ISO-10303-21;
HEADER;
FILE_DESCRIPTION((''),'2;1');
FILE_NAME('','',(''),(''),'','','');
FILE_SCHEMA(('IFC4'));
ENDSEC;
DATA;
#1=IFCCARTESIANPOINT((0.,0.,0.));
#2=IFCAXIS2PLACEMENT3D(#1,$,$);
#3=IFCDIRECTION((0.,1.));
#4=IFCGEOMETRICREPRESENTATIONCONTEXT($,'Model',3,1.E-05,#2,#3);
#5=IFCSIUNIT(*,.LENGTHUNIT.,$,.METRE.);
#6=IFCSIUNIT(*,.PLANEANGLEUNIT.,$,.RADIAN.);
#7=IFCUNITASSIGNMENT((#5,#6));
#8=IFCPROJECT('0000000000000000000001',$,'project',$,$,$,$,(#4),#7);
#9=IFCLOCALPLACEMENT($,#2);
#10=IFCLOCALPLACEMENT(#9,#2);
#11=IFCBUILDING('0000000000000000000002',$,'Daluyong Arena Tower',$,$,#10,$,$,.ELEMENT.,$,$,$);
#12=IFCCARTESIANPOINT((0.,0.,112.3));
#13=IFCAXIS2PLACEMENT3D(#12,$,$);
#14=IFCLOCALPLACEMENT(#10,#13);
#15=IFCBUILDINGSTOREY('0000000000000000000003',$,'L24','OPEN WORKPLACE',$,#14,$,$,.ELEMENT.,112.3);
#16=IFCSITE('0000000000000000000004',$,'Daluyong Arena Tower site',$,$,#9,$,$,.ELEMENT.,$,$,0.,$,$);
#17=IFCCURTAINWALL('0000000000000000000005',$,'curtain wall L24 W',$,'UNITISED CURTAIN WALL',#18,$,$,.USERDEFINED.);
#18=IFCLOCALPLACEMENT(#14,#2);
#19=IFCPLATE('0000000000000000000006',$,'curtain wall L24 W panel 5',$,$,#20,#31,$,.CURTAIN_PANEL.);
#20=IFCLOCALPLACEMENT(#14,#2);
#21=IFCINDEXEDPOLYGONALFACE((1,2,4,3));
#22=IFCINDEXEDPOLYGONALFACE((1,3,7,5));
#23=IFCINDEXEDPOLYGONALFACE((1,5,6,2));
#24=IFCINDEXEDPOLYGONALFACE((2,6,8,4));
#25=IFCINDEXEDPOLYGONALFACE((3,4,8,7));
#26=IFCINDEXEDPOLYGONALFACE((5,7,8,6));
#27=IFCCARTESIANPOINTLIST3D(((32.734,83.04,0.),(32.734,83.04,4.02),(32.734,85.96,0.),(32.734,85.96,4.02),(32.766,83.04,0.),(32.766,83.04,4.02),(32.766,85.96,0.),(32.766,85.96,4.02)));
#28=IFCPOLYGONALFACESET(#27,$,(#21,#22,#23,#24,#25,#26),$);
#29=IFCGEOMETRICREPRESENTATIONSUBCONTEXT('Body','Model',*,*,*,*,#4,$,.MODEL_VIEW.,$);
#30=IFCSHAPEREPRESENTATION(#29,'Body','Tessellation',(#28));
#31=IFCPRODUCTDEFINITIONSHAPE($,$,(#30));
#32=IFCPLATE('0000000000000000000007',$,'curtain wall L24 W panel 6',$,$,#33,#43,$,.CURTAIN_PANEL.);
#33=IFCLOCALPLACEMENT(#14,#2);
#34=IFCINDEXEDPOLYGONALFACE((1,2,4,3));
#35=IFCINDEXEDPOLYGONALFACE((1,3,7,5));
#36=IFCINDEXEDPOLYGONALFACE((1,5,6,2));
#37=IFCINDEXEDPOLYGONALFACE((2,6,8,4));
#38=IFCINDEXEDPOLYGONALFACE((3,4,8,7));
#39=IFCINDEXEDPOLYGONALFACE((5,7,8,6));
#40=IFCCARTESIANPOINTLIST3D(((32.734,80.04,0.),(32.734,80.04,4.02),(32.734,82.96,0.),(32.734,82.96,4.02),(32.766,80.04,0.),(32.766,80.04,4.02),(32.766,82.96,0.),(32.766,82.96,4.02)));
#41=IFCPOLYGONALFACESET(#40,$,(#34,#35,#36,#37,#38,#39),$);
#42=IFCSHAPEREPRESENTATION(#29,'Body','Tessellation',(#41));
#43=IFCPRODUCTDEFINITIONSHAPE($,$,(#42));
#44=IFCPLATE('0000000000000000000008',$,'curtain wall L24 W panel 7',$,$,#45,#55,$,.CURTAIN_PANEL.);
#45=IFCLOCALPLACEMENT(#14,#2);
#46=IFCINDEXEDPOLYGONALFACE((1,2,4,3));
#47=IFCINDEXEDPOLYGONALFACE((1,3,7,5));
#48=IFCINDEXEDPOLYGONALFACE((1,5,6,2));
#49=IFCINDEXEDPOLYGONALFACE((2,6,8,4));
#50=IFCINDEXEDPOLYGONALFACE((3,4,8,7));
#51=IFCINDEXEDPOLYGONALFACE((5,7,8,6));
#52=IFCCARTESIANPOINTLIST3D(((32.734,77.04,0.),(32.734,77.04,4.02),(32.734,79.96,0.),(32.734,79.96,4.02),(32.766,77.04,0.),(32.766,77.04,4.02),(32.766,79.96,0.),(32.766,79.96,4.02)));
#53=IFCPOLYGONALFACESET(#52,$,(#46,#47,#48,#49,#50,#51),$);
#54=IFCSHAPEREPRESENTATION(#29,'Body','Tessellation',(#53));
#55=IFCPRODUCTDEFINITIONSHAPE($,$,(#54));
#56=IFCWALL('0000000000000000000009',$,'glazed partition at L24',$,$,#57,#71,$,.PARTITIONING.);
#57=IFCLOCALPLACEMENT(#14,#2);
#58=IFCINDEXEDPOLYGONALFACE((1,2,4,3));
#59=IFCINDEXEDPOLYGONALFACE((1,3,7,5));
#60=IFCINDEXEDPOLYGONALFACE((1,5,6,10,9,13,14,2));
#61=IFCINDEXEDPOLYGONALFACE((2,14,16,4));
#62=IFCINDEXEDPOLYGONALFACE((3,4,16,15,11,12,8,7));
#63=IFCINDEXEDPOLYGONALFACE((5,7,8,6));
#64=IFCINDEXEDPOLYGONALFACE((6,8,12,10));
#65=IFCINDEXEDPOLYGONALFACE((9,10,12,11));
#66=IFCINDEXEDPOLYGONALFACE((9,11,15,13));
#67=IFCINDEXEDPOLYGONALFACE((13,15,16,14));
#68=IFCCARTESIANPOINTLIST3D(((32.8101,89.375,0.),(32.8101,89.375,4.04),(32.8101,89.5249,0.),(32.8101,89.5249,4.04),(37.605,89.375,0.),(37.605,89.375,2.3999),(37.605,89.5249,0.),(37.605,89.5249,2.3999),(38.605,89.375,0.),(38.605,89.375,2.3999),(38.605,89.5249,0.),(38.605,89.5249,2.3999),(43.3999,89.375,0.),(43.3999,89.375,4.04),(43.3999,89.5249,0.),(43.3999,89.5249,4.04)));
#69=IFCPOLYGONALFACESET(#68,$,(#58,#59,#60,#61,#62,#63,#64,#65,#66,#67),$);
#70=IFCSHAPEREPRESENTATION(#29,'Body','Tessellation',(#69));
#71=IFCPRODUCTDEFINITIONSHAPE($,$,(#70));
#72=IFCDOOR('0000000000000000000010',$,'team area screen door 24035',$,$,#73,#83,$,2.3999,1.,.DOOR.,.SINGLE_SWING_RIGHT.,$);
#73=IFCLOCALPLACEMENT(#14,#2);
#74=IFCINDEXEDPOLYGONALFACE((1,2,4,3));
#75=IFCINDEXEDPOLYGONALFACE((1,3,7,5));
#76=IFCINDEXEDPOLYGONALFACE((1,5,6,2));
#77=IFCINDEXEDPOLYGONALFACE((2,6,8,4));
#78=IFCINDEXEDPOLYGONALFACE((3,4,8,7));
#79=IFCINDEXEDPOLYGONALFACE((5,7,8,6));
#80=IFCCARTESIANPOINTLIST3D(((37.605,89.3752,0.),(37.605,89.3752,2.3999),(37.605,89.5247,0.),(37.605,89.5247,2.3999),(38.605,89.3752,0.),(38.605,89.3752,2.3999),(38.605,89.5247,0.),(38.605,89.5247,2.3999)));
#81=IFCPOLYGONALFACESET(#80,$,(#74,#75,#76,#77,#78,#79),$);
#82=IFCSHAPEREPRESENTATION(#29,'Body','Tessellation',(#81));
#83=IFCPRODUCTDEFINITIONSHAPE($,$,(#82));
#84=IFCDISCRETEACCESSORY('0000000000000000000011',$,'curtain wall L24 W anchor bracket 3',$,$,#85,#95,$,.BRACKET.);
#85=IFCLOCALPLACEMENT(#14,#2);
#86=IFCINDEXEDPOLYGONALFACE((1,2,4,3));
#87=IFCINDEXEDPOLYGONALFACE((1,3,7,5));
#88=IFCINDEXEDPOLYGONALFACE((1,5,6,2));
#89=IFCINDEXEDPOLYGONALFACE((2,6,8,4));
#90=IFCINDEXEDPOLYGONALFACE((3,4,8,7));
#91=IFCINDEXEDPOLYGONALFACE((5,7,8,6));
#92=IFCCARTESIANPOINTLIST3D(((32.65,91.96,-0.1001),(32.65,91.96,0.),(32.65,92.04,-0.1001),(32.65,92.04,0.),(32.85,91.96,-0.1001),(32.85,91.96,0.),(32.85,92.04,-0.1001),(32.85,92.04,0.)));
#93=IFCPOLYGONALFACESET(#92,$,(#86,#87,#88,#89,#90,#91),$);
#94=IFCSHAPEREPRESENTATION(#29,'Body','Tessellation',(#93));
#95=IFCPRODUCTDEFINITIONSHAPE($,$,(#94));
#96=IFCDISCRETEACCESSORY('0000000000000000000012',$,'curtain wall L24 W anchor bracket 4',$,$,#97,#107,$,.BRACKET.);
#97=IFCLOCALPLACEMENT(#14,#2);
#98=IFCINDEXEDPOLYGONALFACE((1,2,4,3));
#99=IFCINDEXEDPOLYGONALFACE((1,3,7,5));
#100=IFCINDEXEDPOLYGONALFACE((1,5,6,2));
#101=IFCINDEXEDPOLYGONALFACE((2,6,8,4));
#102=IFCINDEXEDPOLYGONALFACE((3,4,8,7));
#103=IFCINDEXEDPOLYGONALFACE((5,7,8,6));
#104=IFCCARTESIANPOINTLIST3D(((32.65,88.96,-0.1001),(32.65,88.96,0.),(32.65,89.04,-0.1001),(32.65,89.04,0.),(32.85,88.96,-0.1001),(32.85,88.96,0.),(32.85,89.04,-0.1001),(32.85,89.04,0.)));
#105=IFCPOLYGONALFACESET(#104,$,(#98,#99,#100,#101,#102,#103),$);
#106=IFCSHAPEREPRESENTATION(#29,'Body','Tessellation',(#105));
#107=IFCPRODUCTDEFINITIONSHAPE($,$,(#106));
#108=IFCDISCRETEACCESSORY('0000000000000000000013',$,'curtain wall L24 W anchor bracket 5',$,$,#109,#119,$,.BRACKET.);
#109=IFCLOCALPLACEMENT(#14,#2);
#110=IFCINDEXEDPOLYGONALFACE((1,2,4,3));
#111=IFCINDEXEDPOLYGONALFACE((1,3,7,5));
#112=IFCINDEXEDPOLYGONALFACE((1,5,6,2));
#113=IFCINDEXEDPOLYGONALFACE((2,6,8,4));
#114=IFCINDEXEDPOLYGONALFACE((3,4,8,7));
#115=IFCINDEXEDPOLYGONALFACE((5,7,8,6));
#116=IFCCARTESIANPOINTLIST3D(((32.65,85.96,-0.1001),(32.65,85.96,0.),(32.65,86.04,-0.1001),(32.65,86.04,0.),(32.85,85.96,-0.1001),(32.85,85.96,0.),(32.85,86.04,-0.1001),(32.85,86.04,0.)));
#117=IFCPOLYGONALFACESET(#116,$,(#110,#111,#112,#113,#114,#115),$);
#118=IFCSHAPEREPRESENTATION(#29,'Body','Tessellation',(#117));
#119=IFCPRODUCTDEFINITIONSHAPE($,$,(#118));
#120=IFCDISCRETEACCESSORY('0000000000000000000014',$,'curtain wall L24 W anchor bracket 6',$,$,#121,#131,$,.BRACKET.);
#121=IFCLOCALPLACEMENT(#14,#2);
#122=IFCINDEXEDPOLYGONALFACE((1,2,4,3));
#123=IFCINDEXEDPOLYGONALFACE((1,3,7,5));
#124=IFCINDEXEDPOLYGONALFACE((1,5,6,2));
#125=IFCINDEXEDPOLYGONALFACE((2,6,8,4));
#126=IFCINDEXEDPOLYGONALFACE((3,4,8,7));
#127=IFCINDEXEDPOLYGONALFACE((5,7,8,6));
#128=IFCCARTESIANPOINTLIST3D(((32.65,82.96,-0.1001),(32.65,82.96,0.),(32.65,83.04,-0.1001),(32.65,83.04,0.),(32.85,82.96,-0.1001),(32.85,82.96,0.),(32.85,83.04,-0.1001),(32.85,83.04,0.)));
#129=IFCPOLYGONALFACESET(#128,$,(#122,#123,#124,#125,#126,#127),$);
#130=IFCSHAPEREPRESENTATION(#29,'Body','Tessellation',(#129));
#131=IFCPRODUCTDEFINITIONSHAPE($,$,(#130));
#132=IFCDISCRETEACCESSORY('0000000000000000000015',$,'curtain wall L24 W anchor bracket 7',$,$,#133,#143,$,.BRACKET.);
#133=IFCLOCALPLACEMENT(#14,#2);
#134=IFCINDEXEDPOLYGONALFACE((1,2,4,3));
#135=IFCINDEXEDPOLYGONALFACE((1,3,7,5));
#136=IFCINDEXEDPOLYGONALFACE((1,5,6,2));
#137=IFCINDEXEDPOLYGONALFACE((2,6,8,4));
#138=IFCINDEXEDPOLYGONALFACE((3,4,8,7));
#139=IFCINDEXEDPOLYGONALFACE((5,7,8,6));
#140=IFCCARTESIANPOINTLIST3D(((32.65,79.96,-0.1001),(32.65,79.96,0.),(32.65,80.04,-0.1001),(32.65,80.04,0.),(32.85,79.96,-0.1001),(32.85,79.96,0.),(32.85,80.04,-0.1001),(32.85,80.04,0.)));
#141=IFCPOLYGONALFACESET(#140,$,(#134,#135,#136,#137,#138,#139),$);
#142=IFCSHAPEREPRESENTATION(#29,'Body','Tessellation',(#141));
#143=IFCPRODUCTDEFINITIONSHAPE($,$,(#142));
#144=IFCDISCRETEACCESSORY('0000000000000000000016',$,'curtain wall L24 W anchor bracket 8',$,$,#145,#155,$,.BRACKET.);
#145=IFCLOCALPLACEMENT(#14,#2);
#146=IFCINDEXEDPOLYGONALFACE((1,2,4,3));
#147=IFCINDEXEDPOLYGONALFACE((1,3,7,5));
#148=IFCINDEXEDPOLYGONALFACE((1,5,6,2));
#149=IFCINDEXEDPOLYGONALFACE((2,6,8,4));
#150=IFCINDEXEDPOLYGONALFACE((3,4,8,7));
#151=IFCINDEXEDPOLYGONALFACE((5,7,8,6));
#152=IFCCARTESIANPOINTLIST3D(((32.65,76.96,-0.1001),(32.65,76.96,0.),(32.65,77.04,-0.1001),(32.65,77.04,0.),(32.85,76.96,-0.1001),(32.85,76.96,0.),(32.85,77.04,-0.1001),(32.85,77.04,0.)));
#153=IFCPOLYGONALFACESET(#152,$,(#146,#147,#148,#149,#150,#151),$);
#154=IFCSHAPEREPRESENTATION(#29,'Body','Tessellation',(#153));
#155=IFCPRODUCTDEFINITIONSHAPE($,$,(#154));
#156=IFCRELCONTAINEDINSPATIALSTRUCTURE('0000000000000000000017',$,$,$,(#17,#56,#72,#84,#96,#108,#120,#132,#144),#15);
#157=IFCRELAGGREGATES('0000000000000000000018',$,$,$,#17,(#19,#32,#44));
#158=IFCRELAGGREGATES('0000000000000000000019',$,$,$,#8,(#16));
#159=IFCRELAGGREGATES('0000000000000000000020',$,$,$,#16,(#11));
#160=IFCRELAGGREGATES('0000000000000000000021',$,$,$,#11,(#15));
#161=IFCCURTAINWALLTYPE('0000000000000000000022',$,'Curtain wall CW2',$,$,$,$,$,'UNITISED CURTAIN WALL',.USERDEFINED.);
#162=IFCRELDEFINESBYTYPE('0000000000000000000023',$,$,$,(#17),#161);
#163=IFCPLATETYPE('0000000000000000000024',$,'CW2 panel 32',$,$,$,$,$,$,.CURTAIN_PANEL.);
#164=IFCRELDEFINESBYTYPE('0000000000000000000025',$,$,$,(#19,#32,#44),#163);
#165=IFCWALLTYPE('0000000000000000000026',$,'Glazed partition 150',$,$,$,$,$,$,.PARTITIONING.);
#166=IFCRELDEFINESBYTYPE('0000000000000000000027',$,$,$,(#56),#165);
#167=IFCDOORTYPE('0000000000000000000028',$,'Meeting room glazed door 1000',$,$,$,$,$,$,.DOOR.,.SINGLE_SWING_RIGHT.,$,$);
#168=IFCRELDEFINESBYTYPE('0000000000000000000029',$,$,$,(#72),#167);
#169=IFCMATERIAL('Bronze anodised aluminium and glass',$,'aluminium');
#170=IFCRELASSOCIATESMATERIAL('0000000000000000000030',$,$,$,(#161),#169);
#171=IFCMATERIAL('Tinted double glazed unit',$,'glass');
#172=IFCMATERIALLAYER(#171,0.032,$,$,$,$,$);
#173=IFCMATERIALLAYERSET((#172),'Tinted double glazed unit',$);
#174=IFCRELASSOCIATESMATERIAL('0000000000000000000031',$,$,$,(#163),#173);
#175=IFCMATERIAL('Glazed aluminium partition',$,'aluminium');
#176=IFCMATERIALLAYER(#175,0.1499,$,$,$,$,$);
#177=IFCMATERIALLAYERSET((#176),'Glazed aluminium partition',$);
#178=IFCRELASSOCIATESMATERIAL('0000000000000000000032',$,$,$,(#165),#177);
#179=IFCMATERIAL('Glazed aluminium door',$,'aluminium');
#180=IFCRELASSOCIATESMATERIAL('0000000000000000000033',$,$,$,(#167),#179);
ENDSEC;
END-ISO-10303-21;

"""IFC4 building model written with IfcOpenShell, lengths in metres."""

from ifc_helpers import new_model, si_unit, direction, frame, frame_2d, origin, origin_2d, place, context, subcontext, project, spatial, rectangle, extrude, material, layer, layer_set, type_object, element, fill, aggregate, save


model = new_model("IFC4")

# Units and contexts
model_context = context("Model", 3, precision=1e-05, world=origin(), true_north=direction((0.0, 1.0)))
body_context = subcontext(model_context, "Body", "Model", "MODEL_VIEW")
ifc_project = project(units=[si_unit("LENGTHUNIT", "METRE"), si_unit("PLANEANGLEUNIT", "RADIAN")], contexts=[model_context])

# Site, building, storey
site_placement = place(None, origin())
site = spatial("IfcSite", under=ifc_project, at=site_placement, Name="Daluyong Arena Tower site", CompositionType="ELEMENT", RefElevation=0.0)
building_placement = place(site_placement, origin())
building = spatial("IfcBuilding", under=site, at=building_placement, Name="Daluyong Arena Tower", CompositionType="ELEMENT")
storey_placement = place(building_placement, frame((0.0, 0.0, 112.3)))
storey = spatial("IfcBuildingStorey", under=building, at=storey_placement, Name="L24", Description="OPEN WORKPLACE", CompositionType="ELEMENT", Elevation=112.3)

# Curtain wall
ifc_material_1 = material(Name="Bronze anodised aluminium and glass", Category="aluminium")
curtain_wall_type = type_object("IfcCurtainWallType", Name="Curtain wall CW2", ElementType="UNITISED CURTAIN WALL", PredefinedType="USERDEFINED", material=ifc_material_1)
curtain_wall_placement = place(storey_placement, origin())
curtain_wall = element("IfcCurtainWall", 1, at=curtain_wall_placement, inside=storey, type_object=curtain_wall_type, Name="curtain wall L24 W", ObjectType="UNITISED CURTAIN WALL", PredefinedType="USERDEFINED")

# Plates
ifc_material_2 = material(Name="Tinted double glazed unit", Category="glass")
ifc_layer_1 = layer(ifc_material_2, 0.032)
ifc_layer_set_1 = layer_set([ifc_layer_1], Name="Tinted double glazed unit")
plate_type = type_object("IfcPlateType", Name="CW2 panel 32", PredefinedType="CURTAIN_PANEL", material=ifc_layer_set_1)
plate_1_placement = place(storey_placement, frame((32.75, 84.5, 0.0), z_axis=(0.0, 0.0, 1.0), x_axis=(0.0, -1.0, 0.0)))
plate_1 = element("IfcPlate", 2, at=plate_1_placement, type_object=plate_type, Name="curtain wall L24 W panel 5", PredefinedType="CURTAIN_PANEL", context=body_context, shape_type="SweptSolid", body=[
    extrude(rectangle(XDim=2.9199, YDim=0.032, at=origin_2d()), origin(), (0.0, 0.0, 1.0), 4.02),
])
plate_2_placement = place(storey_placement, frame((32.75, 81.5, 0.0), z_axis=(0.0, 0.0, 1.0), x_axis=(0.0, -1.0, 0.0)))
plate_2 = element("IfcPlate", 3, at=plate_2_placement, type_object=plate_type, Name="curtain wall L24 W panel 6", PredefinedType="CURTAIN_PANEL", context=body_context, shape_type="SweptSolid", body=[
    extrude(rectangle(XDim=2.9199, YDim=0.032, at=origin_2d()), origin(), (0.0, 0.0, 1.0), 4.02),
])
plate_3_placement = place(storey_placement, frame((32.75, 78.5, 0.0), z_axis=(0.0, 0.0, 1.0), x_axis=(0.0, -1.0, 0.0)))
plate_3 = element("IfcPlate", 4, at=plate_3_placement, type_object=plate_type, Name="curtain wall L24 W panel 7", PredefinedType="CURTAIN_PANEL", context=body_context, shape_type="SweptSolid", body=[
    extrude(rectangle(XDim=2.9199, YDim=0.032, at=origin_2d()), origin(), (0.0, 0.0, 1.0), 4.02),
])
aggregate(curtain_wall, [plate_1, plate_2, plate_3])

# Wall, opening, door
ifc_material_3 = material(Name="Glazed aluminium partition", Category="aluminium")
ifc_layer_2 = layer(ifc_material_3, 0.1499)
ifc_layer_set_2 = layer_set([ifc_layer_2], Name="Glazed aluminium partition")
wall_type = type_object("IfcWallType", Name="Glazed partition 150", PredefinedType="PARTITIONING", material=ifc_layer_set_2)
wall_placement = place(storey_placement, frame((32.8101, 89.45, 0.0), z_axis=(0.0, 0.0, 1.0), x_axis=(1.0, 0.0, 0.0)))
wall = element("IfcWall", 5, at=wall_placement, inside=storey, type_object=wall_type, Name="glazed partition at L24", PredefinedType="PARTITIONING", context=body_context, shape_type="SweptSolid", body=[
    extrude(rectangle(XDim=10.5898, YDim=0.1499, at=frame_2d((5.2949, 0.0))), origin(), (0.0, 0.0, 1.0), 4.04),
])
opening_placement = place(wall_placement, frame((4.7949, 0.0, 0.0)))
opening = element("IfcOpeningElement", 6, at=opening_placement, cuts=wall, PredefinedType="OPENING", context=body_context, shape_type="SweptSolid", body=[
    extrude(rectangle(XDim=1.0, YDim=2.3999, at=frame_2d((0.5, 1.2))), frame((0.0, 0.085, 0.0), z_axis=(0.0, -1.0, 0.0), x_axis=(1.0, 0.0, 0.0)), (0.0, 0.0, 1.0), 0.1699),
])
ifc_material_4 = material(Name="Glazed aluminium door", Category="aluminium")
door_type = type_object("IfcDoorType", Name="Meeting room glazed door 1000", OperationType="SINGLE_SWING_RIGHT", PredefinedType="DOOR", material=ifc_material_4)
door_placement = place(opening_placement, origin())
door = element("IfcDoor", 7, at=door_placement, inside=storey, type_object=door_type, Name="team area screen door 24035", OperationType="SINGLE_SWING_RIGHT", OverallHeight=2.3999, OverallWidth=1.0, PredefinedType="DOOR", context=body_context, shape_type="SweptSolid", body=[
    extrude(rectangle(XDim=1.0, YDim=2.3999, at=frame_2d((0.5, 1.2))), frame((0.0, 0.0747, 0.0), z_axis=(0.0, -1.0, 0.0), x_axis=(1.0, 0.0, 0.0)), (0.0, 0.0, 1.0), 0.1494),
])
fill(opening, door)

# Discrete accessories
for number, where, z_axis, x_axis, name in (
    (8, (32.75, 92.0, -0.1001), (0.0, 0.0, 1.0), (0.0, -1.0, 0.0), "curtain wall L24 W anchor bracket 3"),
    (9, (32.75, 89.0, -0.1001), (0.0, 0.0, 1.0), (0.0, -1.0, 0.0), "curtain wall L24 W anchor bracket 4"),
    (10, (32.75, 86.0, -0.1001), (0.0, 0.0, 1.0), (0.0, -1.0, 0.0), "curtain wall L24 W anchor bracket 5"),
    (11, (32.75, 83.0, -0.1001), (0.0, 0.0, 1.0), (0.0, -1.0, 0.0), "curtain wall L24 W anchor bracket 6"),
    (12, (32.75, 80.0, -0.1001), (0.0, 0.0, 1.0), (0.0, -1.0, 0.0), "curtain wall L24 W anchor bracket 7"),
    (13, (32.75, 77.0, -0.1001), (0.0, 0.0, 1.0), (0.0, -1.0, 0.0), "curtain wall L24 W anchor bracket 8"),
):
    element("IfcDiscreteAccessory", number, at=place(storey_placement, frame(where, z_axis=z_axis, x_axis=x_axis)), inside=storey, Name=name, PredefinedType="BRACKET", context=body_context, shape_type="SweptSolid", body=[
        extrude(rectangle(XDim=0.0801, YDim=0.2, at=origin_2d()), origin(), (0.0, 0.0, 1.0), 0.1001),
    ])

save(model, "model.ifc")
